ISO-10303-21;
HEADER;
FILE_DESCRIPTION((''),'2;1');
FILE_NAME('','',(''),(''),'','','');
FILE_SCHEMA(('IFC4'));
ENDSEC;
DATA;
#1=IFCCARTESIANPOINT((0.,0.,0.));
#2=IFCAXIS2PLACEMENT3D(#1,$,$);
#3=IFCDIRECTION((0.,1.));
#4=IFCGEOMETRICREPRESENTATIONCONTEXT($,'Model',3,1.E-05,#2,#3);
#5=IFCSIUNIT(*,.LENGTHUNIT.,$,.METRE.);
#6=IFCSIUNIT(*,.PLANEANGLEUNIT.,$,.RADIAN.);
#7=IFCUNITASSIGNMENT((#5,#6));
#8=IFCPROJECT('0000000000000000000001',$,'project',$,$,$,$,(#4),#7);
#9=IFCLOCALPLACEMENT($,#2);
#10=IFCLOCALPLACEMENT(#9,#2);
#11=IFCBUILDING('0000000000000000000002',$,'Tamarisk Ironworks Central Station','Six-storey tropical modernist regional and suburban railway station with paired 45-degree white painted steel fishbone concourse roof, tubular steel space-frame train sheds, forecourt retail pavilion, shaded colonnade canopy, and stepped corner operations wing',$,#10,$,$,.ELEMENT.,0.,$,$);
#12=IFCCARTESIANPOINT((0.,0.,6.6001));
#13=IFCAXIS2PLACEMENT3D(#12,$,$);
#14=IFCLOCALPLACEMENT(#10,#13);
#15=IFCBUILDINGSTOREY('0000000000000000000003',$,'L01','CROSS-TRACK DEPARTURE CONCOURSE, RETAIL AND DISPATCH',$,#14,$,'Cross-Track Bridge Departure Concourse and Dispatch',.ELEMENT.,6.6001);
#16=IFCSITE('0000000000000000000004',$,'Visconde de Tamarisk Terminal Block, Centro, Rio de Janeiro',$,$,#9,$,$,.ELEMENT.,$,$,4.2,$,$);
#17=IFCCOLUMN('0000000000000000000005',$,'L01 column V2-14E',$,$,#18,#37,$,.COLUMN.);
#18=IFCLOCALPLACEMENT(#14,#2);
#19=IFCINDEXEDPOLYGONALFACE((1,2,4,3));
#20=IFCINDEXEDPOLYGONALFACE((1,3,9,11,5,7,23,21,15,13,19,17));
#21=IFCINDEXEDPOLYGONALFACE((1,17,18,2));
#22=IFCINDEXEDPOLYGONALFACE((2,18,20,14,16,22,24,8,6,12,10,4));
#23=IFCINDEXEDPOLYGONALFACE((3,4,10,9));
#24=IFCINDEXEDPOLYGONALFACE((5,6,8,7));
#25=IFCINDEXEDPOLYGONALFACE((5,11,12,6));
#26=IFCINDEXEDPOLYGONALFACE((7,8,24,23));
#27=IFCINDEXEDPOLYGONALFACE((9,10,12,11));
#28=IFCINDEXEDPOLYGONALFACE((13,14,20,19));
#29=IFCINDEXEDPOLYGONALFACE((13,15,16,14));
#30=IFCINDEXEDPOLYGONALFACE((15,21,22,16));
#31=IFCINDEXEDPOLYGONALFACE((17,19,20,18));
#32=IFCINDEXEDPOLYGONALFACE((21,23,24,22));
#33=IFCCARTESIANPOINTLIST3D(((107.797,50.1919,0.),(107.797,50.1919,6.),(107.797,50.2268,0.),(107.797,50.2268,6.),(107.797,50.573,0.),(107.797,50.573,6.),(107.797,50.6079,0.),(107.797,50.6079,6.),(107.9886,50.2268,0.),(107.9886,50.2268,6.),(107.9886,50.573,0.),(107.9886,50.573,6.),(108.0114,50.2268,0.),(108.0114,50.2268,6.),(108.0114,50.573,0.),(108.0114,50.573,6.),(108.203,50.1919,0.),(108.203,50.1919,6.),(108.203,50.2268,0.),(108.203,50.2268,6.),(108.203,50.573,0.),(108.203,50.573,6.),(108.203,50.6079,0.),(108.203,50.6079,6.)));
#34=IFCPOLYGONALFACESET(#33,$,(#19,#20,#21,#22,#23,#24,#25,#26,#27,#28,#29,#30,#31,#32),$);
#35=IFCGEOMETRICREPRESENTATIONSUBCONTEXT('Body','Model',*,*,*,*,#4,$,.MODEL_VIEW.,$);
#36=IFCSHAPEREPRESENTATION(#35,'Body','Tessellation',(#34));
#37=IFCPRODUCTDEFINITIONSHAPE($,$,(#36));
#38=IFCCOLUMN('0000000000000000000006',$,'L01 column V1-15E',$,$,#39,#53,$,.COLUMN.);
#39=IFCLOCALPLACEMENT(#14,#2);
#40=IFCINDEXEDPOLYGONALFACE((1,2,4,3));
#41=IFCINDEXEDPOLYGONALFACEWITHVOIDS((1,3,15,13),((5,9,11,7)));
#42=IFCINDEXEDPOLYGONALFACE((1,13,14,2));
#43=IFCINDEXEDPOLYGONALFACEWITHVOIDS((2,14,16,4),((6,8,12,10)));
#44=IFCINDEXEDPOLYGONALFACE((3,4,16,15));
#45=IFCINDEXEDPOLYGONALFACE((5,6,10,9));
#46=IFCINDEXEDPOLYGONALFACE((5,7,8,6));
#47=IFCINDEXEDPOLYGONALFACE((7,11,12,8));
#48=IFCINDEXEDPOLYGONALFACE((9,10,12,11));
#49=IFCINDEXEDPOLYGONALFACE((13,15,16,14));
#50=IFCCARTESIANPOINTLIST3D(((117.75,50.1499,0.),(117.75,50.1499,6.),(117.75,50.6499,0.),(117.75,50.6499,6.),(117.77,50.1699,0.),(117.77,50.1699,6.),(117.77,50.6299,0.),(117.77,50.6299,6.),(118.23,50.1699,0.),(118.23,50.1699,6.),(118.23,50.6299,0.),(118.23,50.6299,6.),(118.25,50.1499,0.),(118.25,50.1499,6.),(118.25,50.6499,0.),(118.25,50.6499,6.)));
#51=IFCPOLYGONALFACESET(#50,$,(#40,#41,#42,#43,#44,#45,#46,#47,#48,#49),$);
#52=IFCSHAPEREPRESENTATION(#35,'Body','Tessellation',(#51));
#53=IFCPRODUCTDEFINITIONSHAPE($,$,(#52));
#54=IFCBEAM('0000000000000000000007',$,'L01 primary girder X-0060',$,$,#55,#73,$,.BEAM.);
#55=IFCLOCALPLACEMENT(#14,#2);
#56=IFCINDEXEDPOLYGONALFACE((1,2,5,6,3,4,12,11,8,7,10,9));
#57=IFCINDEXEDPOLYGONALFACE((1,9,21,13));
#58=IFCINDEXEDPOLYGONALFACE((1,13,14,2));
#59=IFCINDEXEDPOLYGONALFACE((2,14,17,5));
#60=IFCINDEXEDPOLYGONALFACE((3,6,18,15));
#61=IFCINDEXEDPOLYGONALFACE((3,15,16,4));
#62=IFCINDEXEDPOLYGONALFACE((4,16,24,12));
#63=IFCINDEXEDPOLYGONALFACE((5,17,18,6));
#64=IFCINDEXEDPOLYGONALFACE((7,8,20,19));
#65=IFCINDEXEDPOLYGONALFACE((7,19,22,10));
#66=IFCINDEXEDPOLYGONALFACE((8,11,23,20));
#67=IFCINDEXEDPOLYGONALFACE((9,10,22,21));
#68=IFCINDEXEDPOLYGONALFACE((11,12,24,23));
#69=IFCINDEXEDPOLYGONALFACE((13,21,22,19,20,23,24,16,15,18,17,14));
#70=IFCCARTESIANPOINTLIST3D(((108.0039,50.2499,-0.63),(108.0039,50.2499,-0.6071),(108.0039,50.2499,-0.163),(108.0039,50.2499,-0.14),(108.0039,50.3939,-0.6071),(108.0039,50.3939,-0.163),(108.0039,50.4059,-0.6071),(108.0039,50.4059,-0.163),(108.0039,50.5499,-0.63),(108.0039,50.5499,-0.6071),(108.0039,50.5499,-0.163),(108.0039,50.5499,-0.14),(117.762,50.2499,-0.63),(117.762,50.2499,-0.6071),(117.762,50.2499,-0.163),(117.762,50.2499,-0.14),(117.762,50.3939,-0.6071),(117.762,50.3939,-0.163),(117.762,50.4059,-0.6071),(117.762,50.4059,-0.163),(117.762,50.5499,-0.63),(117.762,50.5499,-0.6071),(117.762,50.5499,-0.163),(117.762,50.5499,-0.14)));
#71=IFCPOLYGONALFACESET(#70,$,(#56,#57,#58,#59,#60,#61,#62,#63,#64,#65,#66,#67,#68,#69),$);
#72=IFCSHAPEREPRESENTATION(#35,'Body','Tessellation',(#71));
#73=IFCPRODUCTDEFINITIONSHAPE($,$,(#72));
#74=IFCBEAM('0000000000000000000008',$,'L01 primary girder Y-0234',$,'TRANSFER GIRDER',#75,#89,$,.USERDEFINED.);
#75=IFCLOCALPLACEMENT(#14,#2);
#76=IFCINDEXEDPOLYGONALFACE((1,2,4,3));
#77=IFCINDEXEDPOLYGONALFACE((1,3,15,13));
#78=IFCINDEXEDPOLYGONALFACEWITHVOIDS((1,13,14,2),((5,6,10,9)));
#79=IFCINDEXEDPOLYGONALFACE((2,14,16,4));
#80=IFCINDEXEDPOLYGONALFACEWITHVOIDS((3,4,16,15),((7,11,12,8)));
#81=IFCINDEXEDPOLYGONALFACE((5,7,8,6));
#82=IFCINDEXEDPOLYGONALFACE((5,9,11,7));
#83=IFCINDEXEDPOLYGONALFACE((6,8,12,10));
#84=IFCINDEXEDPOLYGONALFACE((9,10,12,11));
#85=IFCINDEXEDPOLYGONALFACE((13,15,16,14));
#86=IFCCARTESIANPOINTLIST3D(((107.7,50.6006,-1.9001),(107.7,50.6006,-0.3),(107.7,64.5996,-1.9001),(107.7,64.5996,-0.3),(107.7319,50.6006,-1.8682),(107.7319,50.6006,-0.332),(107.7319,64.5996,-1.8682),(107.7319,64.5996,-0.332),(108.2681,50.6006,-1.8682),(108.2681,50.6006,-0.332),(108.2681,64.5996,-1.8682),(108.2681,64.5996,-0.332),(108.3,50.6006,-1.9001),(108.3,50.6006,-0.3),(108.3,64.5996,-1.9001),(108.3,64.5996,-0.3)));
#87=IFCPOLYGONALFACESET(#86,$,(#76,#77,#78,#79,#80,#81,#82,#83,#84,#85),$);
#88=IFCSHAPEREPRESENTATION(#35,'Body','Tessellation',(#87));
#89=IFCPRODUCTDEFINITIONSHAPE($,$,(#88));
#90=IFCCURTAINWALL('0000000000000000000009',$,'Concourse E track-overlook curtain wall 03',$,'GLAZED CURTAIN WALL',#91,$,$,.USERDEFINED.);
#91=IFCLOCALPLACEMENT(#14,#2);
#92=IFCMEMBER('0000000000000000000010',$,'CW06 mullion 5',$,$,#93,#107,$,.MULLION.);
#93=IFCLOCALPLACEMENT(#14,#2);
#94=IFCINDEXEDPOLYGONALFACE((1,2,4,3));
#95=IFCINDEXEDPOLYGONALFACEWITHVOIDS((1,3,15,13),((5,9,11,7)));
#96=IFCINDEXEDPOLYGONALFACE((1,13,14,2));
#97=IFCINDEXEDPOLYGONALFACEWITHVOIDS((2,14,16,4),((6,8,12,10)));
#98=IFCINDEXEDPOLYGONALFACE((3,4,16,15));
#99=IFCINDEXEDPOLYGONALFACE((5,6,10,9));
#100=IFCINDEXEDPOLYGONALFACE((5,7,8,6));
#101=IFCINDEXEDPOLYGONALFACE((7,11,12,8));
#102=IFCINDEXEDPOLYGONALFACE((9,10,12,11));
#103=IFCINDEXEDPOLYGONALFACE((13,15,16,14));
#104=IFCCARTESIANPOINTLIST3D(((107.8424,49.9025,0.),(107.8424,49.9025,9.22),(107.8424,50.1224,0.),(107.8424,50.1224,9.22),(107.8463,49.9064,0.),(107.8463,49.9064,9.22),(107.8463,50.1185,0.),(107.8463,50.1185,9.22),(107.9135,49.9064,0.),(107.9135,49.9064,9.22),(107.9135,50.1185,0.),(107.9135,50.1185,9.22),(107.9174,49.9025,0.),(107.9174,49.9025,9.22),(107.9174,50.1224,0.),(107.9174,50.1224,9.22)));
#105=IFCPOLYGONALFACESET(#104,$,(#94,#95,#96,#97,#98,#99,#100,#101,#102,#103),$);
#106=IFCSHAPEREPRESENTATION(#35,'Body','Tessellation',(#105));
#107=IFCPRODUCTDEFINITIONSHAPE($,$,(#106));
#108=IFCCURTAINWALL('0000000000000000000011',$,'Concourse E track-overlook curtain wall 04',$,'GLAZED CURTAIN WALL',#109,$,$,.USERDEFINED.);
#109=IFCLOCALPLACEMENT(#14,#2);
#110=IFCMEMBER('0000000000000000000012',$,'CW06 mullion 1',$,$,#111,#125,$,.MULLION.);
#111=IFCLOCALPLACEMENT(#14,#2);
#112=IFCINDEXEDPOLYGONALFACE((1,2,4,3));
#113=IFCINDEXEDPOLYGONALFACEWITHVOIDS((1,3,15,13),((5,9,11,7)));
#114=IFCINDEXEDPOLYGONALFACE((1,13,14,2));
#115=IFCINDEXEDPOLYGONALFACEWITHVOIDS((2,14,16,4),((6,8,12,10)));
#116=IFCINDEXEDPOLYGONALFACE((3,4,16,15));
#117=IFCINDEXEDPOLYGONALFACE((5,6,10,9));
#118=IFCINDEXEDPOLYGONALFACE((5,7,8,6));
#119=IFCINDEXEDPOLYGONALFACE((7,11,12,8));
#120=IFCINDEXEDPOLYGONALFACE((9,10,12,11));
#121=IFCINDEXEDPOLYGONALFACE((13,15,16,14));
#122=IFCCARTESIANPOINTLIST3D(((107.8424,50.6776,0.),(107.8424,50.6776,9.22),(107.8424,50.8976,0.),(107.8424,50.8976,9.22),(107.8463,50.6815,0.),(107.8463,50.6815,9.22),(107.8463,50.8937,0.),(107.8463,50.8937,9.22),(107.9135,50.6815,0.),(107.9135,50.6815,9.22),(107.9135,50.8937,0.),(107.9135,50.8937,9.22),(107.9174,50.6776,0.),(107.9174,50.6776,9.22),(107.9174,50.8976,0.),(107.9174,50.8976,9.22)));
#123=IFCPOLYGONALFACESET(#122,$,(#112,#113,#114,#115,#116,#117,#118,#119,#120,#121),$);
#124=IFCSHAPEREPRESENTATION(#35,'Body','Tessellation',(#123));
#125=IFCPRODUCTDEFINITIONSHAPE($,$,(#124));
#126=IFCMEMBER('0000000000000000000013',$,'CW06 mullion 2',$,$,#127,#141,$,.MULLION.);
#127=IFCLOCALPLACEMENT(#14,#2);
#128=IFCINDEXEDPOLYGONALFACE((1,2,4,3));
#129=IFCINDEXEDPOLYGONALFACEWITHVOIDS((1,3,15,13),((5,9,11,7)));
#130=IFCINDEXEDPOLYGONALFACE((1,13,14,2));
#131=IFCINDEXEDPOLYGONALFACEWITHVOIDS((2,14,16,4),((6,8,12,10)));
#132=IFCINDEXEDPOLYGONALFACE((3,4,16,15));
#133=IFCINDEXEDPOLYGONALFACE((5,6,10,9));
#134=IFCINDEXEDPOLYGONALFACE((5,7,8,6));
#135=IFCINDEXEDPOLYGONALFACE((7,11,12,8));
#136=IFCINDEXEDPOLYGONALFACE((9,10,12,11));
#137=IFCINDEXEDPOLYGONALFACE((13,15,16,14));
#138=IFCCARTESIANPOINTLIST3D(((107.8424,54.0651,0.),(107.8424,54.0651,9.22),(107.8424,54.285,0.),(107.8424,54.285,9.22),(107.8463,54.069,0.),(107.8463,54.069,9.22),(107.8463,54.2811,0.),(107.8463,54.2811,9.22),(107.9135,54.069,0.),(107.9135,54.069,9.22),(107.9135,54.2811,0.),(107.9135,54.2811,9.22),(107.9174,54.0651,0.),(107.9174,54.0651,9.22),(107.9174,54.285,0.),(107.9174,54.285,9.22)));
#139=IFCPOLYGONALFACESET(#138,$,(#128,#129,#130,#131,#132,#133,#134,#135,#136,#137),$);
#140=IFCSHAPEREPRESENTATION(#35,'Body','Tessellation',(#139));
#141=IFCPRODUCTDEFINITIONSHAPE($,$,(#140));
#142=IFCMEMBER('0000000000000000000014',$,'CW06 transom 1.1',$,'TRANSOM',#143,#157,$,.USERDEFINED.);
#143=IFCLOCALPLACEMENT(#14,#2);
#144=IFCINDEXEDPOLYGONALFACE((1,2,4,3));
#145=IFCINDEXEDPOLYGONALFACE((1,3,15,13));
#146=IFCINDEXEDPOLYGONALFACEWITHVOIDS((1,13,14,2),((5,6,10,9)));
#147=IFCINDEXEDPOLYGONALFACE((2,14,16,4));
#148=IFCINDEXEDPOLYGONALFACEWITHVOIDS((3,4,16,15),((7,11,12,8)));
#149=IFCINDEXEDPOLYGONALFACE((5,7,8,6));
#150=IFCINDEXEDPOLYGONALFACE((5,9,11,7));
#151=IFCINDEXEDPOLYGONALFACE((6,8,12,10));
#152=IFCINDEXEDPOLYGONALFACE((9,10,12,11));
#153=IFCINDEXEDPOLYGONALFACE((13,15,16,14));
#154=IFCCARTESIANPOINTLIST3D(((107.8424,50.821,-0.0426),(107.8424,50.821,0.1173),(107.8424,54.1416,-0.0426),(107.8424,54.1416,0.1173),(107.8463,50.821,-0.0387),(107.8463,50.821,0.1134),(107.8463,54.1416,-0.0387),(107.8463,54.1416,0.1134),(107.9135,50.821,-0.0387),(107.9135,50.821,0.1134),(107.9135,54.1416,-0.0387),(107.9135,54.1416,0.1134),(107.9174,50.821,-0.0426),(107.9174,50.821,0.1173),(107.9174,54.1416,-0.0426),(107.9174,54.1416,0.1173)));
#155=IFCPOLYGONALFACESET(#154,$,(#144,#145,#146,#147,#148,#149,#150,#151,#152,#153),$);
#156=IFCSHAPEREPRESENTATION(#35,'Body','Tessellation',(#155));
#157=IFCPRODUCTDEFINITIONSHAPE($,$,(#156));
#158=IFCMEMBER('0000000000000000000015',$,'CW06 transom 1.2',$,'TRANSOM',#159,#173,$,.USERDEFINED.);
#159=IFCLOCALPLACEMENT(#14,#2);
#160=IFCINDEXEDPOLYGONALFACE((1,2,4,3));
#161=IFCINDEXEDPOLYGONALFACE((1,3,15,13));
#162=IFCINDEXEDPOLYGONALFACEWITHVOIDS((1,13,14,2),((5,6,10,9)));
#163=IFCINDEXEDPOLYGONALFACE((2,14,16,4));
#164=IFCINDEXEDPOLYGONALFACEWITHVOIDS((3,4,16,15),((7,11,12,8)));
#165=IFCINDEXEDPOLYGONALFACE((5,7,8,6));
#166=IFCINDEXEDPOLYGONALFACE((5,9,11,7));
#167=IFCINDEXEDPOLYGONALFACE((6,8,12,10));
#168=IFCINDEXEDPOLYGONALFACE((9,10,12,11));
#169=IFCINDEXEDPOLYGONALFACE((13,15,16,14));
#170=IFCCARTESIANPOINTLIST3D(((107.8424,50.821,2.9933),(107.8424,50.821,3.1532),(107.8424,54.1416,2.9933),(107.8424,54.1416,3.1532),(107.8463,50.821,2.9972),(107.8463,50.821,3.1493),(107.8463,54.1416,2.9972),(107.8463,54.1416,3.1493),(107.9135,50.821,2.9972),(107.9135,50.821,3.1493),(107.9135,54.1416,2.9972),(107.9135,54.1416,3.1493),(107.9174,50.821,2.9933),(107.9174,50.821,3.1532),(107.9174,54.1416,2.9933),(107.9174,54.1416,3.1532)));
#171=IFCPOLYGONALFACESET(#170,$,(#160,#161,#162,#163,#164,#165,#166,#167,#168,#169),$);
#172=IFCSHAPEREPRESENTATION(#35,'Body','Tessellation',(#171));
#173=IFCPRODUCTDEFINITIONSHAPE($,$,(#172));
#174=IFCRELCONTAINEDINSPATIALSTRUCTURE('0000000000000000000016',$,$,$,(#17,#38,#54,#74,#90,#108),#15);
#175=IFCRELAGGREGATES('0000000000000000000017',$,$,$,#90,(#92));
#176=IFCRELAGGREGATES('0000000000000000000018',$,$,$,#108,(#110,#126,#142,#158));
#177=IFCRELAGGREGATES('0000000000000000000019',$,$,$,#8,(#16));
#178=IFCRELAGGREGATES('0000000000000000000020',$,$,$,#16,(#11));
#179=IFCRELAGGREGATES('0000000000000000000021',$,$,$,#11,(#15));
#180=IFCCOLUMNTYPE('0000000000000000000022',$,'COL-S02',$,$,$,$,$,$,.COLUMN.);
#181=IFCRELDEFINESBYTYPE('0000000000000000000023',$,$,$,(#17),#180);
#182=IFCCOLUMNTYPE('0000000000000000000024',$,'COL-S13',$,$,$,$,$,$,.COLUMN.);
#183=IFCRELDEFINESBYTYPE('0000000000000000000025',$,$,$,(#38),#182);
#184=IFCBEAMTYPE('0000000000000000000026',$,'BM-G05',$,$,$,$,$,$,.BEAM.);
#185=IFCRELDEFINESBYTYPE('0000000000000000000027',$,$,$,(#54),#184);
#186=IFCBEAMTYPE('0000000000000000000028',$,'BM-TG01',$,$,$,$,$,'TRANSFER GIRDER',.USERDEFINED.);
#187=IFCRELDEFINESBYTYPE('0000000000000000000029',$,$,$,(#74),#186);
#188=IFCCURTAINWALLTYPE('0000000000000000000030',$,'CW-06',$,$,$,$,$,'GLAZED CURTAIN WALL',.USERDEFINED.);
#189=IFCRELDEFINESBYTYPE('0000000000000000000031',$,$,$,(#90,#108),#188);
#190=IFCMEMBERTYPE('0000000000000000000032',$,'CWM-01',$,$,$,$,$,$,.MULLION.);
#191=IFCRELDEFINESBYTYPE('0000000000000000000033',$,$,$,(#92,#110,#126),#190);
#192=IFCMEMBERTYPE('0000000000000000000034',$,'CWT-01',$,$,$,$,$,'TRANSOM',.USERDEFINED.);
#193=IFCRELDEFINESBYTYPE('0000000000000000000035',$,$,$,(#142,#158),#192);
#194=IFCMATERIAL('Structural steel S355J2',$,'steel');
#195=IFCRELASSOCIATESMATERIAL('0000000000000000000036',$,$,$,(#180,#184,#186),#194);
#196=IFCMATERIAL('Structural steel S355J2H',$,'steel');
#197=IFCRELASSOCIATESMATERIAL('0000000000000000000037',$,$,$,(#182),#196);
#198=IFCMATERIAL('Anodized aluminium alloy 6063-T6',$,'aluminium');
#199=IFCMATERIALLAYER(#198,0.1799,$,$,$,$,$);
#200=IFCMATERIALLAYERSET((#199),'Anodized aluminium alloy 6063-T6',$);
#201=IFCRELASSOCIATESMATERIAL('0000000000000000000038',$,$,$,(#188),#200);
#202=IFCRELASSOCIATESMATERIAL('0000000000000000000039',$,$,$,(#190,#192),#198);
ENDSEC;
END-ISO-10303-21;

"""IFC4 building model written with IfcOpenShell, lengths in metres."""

from ifc_helpers import new_model, si_unit, direction, frame, origin, origin_2d, place, context, subcontext, project, spatial, hollow_rectangle, i_section, extrude, material, layer, layer_set, material_profile, profile_set, type_object, element, aggregate, save


model = new_model("IFC4")

# Units and contexts
model_context = context("Model", 3, precision=1e-05, world=origin(), true_north=direction((0.0, 1.0)))
body_context = subcontext(model_context, "Body", "Model", "MODEL_VIEW")
ifc_project = project(units=[si_unit("LENGTHUNIT", "METRE"), si_unit("PLANEANGLEUNIT", "RADIAN")], contexts=[model_context])

# Site, building, storey
site_placement = place(None, origin())
site = spatial("IfcSite", under=ifc_project, at=site_placement, Name="Visconde de Tamarisk Terminal Block, Centro, Rio de Janeiro", CompositionType="ELEMENT", RefElevation=4.2)
building_placement = place(site_placement, origin())
building = spatial("IfcBuilding", under=site, at=building_placement, Name="Tamarisk Ironworks Central Station", Description="Six-storey tropical modernist regional and suburban railway station with paired 45-degree white painted steel fishbone concourse roof, tubular steel space-frame train sheds, forecourt retail pavilion, shaded colonnade canopy, and stepped corner operations wing", CompositionType="ELEMENT", ElevationOfRefHeight=0.0)
storey_placement = place(building_placement, frame((0.0, 0.0, 6.6001)))
storey = spatial("IfcBuildingStorey", under=building, at=storey_placement, Name="L01", Description="CROSS-TRACK DEPARTURE CONCOURSE, RETAIL AND DISPATCH", LongName="Cross-Track Bridge Departure Concourse and Dispatch", CompositionType="ELEMENT", Elevation=6.6001)

# Columns
ifc_material_1 = material(Name="Structural steel S355J2", Category="steel")
ifc_material_profile_1 = material_profile(ifc_material_1, i_section(OverallWidth=0.406, OverallDepth=0.416, WebThickness=0.0227, FlangeThickness=0.0349, at=origin_2d()), Name="HD 400x382")
ifc_profile_set_1 = profile_set([ifc_material_profile_1], Name="Structural steel S355J2")
column_type_1 = type_object("IfcColumnType", Name="COL-S02", PredefinedType="COLUMN", material=ifc_profile_set_1)
column_1_placement = place(storey_placement, frame((108.0, 50.3999, 0.0), z_axis=(0.0, 0.0, 1.0), x_axis=(1.0, 0.0, 0.0)))
element("IfcColumn", 1, at=column_1_placement, inside=storey, type_object=column_type_1, Name="L01 column V2-14E", PredefinedType="COLUMN", context=body_context, shape_type="SweptSolid", body=[
    extrude(i_section(OverallWidth=0.406, OverallDepth=0.416, WebThickness=0.0227, FlangeThickness=0.0349, at=origin_2d()), origin(), (0.0, 0.0, 1.0), 6.0),
])
ifc_material_2 = material(Name="Structural steel S355J2H", Category="steel")
ifc_material_profile_2 = material_profile(ifc_material_2, hollow_rectangle(XDim=0.5, YDim=0.5, WallThickness=0.02, at=origin_2d()), Name="SHS 500x500x20")
ifc_profile_set_2 = profile_set([ifc_material_profile_2], Name="Structural steel S355J2H")
column_type_2 = type_object("IfcColumnType", Name="COL-S13", PredefinedType="COLUMN", material=ifc_profile_set_2)
column_2_placement = place(storey_placement, frame((118.0, 50.3999, 0.0), z_axis=(0.0, 0.0, 1.0), x_axis=(1.0, 0.0, 0.0)))
element("IfcColumn", 2, at=column_2_placement, inside=storey, type_object=column_type_2, Name="L01 column V1-15E", PredefinedType="COLUMN", context=body_context, shape_type="SweptSolid", body=[
    extrude(hollow_rectangle(XDim=0.5, YDim=0.5, WallThickness=0.02, at=origin_2d()), origin(), (0.0, 0.0, 1.0), 6.0),
])

# Beams
ifc_material_profile_3 = material_profile(ifc_material_1, i_section(OverallWidth=0.3, OverallDepth=0.49, WebThickness=0.012, FlangeThickness=0.0229, at=origin_2d()), Name="HEA 500")
ifc_profile_set_3 = profile_set([ifc_material_profile_3], Name="Structural steel S355J2")
beam_type_1 = type_object("IfcBeamType", Name="BM-G05", PredefinedType="BEAM", material=ifc_profile_set_3)
beam_1_placement = place(storey_placement, frame((108.0039, 50.3999, -0.385), z_axis=(1.0, 0.0, 0.0), x_axis=(0.0, 1.0, 0.0)))
element("IfcBeam", 3, at=beam_1_placement, inside=storey, type_object=beam_type_1, Name="L01 primary girder X-0060", PredefinedType="BEAM", context=body_context, shape_type="SweptSolid", body=[
    extrude(i_section(OverallWidth=0.3, OverallDepth=0.49, WebThickness=0.012, FlangeThickness=0.0229, at=origin_2d()), origin(), (0.0, 0.0, 1.0), 9.7581),
])
ifc_material_profile_4 = material_profile(ifc_material_1, hollow_rectangle(XDim=0.6001, YDim=1.6001, WallThickness=0.032, at=origin_2d()), Name="BOX 600x1600x32")
ifc_profile_set_4 = profile_set([ifc_material_profile_4], Name="Structural steel S355J2")
beam_type_2 = type_object("IfcBeamType", Name="BM-TG01", ElementType="TRANSFER GIRDER", PredefinedType="USERDEFINED", material=ifc_profile_set_4)
beam_2_placement = place(storey_placement, frame((108.0, 50.6006, -1.1001), z_axis=(0.0, 1.0, 0.0), x_axis=(-1.0, 0.0, 0.0)))
element("IfcBeam", 4, at=beam_2_placement, inside=storey, type_object=beam_type_2, Name="L01 primary girder Y-0234", ObjectType="TRANSFER GIRDER", PredefinedType="USERDEFINED", context=body_context, shape_type="SweptSolid", body=[
    extrude(hollow_rectangle(XDim=0.6001, YDim=1.6001, WallThickness=0.032, at=origin_2d()), origin(), (0.0, 0.0, 1.0), 13.999),
])

# Curtain wall, member
ifc_material_3 = material(Name="Anodized aluminium alloy 6063-T6", Category="aluminium")
ifc_layer_1 = layer(ifc_material_3, 0.1799)
ifc_layer_set_1 = layer_set([ifc_layer_1], Name="Anodized aluminium alloy 6063-T6")
curtain_wall_type = type_object("IfcCurtainWallType", Name="CW-06", ElementType="GLAZED CURTAIN WALL", PredefinedType="USERDEFINED", material=ifc_layer_set_1)
curtain_wall_1_placement = place(storey_placement, origin())
curtain_wall_1 = element("IfcCurtainWall", 5, at=curtain_wall_1_placement, inside=storey, type_object=curtain_wall_type, Name="Concourse E track-overlook curtain wall 03", ObjectType="GLAZED CURTAIN WALL", PredefinedType="USERDEFINED")
ifc_material_profile_5 = material_profile(ifc_material_3, hollow_rectangle(XDim=0.075, YDim=0.22, WallThickness=0.0039, at=origin_2d()), Name="ALUM 220x75")
ifc_profile_set_5 = profile_set([ifc_material_profile_5], Name="Anodized aluminium alloy 6063-T6")
member_type_1 = type_object("IfcMemberType", Name="CWM-01", PredefinedType="MULLION", material=ifc_profile_set_5)
member_1_placement = place(storey_placement, frame((107.8799, 50.0125, 0.0), z_axis=(0.0, 0.0, 1.0), x_axis=(-1.0, 0.0, 0.0)))
member_1 = element("IfcMember", 6, at=member_1_placement, type_object=member_type_1, Name="CW06 mullion 5", PredefinedType="MULLION", context=body_context, shape_type="SweptSolid", body=[
    extrude(hollow_rectangle(XDim=0.075, YDim=0.22, WallThickness=0.0039, at=origin_2d()), origin(), (0.0, 0.0, 1.0), 9.22),
])

# Curtain wall, members
curtain_wall_2_placement = place(storey_placement, origin())
curtain_wall_2 = element("IfcCurtainWall", 7, at=curtain_wall_2_placement, inside=storey, type_object=curtain_wall_type, Name="Concourse E track-overlook curtain wall 04", ObjectType="GLAZED CURTAIN WALL", PredefinedType="USERDEFINED")
member_2_placement = place(storey_placement, frame((107.8799, 50.7876, 0.0), z_axis=(0.0, 0.0, 1.0), x_axis=(-1.0, 0.0, 0.0)))
member_2 = element("IfcMember", 8, at=member_2_placement, type_object=member_type_1, Name="CW06 mullion 1", PredefinedType="MULLION", context=body_context, shape_type="SweptSolid", body=[
    extrude(hollow_rectangle(XDim=0.075, YDim=0.22, WallThickness=0.0039, at=origin_2d()), origin(), (0.0, 0.0, 1.0), 9.22),
])
member_3_placement = place(storey_placement, frame((107.8799, 54.175, 0.0), z_axis=(0.0, 0.0, 1.0), x_axis=(-1.0, 0.0, 0.0)))
member_3 = element("IfcMember", 9, at=member_3_placement, type_object=member_type_1, Name="CW06 mullion 2", PredefinedType="MULLION", context=body_context, shape_type="SweptSolid", body=[
    extrude(hollow_rectangle(XDim=0.075, YDim=0.22, WallThickness=0.0039, at=origin_2d()), origin(), (0.0, 0.0, 1.0), 9.22),
])
ifc_material_profile_6 = material_profile(ifc_material_3, hollow_rectangle(XDim=0.075, YDim=0.1599, WallThickness=0.0039, at=origin_2d()), Name="ALUM 160x75")
ifc_profile_set_6 = profile_set([ifc_material_profile_6], Name="Anodized aluminium alloy 6063-T6")
member_type_2 = type_object("IfcMemberType", Name="CWT-01", ElementType="TRANSOM", PredefinedType="USERDEFINED", material=ifc_profile_set_6)
member_4_placement = place(storey_placement, frame((107.8799, 50.821, 0.0374), z_axis=(0.0, 1.0, 0.0), x_axis=(-1.0, 0.0, 0.0)))
member_4 = element("IfcMember", 10, at=member_4_placement, type_object=member_type_2, Name="CW06 transom 1.1", ObjectType="TRANSOM", PredefinedType="USERDEFINED", context=body_context, shape_type="SweptSolid", body=[
    extrude(hollow_rectangle(XDim=0.075, YDim=0.1599, WallThickness=0.0039, at=origin_2d()), origin(), (0.0, 0.0, 1.0), 3.3206),
])
member_5_placement = place(storey_placement, frame((107.8799, 50.821, 3.0732), z_axis=(0.0, 1.0, 0.0), x_axis=(-1.0, 0.0, 0.0)))
member_5 = element("IfcMember", 11, at=member_5_placement, type_object=member_type_2, Name="CW06 transom 1.2", ObjectType="TRANSOM", PredefinedType="USERDEFINED", context=body_context, shape_type="SweptSolid", body=[
    extrude(hollow_rectangle(XDim=0.075, YDim=0.1599, WallThickness=0.0039, at=origin_2d()), origin(), (0.0, 0.0, 1.0), 3.3206),
])

aggregate(curtain_wall_1, [member_1])
aggregate(curtain_wall_2, [member_2, member_3, member_4, member_5])

save(model, "model.ifc")
